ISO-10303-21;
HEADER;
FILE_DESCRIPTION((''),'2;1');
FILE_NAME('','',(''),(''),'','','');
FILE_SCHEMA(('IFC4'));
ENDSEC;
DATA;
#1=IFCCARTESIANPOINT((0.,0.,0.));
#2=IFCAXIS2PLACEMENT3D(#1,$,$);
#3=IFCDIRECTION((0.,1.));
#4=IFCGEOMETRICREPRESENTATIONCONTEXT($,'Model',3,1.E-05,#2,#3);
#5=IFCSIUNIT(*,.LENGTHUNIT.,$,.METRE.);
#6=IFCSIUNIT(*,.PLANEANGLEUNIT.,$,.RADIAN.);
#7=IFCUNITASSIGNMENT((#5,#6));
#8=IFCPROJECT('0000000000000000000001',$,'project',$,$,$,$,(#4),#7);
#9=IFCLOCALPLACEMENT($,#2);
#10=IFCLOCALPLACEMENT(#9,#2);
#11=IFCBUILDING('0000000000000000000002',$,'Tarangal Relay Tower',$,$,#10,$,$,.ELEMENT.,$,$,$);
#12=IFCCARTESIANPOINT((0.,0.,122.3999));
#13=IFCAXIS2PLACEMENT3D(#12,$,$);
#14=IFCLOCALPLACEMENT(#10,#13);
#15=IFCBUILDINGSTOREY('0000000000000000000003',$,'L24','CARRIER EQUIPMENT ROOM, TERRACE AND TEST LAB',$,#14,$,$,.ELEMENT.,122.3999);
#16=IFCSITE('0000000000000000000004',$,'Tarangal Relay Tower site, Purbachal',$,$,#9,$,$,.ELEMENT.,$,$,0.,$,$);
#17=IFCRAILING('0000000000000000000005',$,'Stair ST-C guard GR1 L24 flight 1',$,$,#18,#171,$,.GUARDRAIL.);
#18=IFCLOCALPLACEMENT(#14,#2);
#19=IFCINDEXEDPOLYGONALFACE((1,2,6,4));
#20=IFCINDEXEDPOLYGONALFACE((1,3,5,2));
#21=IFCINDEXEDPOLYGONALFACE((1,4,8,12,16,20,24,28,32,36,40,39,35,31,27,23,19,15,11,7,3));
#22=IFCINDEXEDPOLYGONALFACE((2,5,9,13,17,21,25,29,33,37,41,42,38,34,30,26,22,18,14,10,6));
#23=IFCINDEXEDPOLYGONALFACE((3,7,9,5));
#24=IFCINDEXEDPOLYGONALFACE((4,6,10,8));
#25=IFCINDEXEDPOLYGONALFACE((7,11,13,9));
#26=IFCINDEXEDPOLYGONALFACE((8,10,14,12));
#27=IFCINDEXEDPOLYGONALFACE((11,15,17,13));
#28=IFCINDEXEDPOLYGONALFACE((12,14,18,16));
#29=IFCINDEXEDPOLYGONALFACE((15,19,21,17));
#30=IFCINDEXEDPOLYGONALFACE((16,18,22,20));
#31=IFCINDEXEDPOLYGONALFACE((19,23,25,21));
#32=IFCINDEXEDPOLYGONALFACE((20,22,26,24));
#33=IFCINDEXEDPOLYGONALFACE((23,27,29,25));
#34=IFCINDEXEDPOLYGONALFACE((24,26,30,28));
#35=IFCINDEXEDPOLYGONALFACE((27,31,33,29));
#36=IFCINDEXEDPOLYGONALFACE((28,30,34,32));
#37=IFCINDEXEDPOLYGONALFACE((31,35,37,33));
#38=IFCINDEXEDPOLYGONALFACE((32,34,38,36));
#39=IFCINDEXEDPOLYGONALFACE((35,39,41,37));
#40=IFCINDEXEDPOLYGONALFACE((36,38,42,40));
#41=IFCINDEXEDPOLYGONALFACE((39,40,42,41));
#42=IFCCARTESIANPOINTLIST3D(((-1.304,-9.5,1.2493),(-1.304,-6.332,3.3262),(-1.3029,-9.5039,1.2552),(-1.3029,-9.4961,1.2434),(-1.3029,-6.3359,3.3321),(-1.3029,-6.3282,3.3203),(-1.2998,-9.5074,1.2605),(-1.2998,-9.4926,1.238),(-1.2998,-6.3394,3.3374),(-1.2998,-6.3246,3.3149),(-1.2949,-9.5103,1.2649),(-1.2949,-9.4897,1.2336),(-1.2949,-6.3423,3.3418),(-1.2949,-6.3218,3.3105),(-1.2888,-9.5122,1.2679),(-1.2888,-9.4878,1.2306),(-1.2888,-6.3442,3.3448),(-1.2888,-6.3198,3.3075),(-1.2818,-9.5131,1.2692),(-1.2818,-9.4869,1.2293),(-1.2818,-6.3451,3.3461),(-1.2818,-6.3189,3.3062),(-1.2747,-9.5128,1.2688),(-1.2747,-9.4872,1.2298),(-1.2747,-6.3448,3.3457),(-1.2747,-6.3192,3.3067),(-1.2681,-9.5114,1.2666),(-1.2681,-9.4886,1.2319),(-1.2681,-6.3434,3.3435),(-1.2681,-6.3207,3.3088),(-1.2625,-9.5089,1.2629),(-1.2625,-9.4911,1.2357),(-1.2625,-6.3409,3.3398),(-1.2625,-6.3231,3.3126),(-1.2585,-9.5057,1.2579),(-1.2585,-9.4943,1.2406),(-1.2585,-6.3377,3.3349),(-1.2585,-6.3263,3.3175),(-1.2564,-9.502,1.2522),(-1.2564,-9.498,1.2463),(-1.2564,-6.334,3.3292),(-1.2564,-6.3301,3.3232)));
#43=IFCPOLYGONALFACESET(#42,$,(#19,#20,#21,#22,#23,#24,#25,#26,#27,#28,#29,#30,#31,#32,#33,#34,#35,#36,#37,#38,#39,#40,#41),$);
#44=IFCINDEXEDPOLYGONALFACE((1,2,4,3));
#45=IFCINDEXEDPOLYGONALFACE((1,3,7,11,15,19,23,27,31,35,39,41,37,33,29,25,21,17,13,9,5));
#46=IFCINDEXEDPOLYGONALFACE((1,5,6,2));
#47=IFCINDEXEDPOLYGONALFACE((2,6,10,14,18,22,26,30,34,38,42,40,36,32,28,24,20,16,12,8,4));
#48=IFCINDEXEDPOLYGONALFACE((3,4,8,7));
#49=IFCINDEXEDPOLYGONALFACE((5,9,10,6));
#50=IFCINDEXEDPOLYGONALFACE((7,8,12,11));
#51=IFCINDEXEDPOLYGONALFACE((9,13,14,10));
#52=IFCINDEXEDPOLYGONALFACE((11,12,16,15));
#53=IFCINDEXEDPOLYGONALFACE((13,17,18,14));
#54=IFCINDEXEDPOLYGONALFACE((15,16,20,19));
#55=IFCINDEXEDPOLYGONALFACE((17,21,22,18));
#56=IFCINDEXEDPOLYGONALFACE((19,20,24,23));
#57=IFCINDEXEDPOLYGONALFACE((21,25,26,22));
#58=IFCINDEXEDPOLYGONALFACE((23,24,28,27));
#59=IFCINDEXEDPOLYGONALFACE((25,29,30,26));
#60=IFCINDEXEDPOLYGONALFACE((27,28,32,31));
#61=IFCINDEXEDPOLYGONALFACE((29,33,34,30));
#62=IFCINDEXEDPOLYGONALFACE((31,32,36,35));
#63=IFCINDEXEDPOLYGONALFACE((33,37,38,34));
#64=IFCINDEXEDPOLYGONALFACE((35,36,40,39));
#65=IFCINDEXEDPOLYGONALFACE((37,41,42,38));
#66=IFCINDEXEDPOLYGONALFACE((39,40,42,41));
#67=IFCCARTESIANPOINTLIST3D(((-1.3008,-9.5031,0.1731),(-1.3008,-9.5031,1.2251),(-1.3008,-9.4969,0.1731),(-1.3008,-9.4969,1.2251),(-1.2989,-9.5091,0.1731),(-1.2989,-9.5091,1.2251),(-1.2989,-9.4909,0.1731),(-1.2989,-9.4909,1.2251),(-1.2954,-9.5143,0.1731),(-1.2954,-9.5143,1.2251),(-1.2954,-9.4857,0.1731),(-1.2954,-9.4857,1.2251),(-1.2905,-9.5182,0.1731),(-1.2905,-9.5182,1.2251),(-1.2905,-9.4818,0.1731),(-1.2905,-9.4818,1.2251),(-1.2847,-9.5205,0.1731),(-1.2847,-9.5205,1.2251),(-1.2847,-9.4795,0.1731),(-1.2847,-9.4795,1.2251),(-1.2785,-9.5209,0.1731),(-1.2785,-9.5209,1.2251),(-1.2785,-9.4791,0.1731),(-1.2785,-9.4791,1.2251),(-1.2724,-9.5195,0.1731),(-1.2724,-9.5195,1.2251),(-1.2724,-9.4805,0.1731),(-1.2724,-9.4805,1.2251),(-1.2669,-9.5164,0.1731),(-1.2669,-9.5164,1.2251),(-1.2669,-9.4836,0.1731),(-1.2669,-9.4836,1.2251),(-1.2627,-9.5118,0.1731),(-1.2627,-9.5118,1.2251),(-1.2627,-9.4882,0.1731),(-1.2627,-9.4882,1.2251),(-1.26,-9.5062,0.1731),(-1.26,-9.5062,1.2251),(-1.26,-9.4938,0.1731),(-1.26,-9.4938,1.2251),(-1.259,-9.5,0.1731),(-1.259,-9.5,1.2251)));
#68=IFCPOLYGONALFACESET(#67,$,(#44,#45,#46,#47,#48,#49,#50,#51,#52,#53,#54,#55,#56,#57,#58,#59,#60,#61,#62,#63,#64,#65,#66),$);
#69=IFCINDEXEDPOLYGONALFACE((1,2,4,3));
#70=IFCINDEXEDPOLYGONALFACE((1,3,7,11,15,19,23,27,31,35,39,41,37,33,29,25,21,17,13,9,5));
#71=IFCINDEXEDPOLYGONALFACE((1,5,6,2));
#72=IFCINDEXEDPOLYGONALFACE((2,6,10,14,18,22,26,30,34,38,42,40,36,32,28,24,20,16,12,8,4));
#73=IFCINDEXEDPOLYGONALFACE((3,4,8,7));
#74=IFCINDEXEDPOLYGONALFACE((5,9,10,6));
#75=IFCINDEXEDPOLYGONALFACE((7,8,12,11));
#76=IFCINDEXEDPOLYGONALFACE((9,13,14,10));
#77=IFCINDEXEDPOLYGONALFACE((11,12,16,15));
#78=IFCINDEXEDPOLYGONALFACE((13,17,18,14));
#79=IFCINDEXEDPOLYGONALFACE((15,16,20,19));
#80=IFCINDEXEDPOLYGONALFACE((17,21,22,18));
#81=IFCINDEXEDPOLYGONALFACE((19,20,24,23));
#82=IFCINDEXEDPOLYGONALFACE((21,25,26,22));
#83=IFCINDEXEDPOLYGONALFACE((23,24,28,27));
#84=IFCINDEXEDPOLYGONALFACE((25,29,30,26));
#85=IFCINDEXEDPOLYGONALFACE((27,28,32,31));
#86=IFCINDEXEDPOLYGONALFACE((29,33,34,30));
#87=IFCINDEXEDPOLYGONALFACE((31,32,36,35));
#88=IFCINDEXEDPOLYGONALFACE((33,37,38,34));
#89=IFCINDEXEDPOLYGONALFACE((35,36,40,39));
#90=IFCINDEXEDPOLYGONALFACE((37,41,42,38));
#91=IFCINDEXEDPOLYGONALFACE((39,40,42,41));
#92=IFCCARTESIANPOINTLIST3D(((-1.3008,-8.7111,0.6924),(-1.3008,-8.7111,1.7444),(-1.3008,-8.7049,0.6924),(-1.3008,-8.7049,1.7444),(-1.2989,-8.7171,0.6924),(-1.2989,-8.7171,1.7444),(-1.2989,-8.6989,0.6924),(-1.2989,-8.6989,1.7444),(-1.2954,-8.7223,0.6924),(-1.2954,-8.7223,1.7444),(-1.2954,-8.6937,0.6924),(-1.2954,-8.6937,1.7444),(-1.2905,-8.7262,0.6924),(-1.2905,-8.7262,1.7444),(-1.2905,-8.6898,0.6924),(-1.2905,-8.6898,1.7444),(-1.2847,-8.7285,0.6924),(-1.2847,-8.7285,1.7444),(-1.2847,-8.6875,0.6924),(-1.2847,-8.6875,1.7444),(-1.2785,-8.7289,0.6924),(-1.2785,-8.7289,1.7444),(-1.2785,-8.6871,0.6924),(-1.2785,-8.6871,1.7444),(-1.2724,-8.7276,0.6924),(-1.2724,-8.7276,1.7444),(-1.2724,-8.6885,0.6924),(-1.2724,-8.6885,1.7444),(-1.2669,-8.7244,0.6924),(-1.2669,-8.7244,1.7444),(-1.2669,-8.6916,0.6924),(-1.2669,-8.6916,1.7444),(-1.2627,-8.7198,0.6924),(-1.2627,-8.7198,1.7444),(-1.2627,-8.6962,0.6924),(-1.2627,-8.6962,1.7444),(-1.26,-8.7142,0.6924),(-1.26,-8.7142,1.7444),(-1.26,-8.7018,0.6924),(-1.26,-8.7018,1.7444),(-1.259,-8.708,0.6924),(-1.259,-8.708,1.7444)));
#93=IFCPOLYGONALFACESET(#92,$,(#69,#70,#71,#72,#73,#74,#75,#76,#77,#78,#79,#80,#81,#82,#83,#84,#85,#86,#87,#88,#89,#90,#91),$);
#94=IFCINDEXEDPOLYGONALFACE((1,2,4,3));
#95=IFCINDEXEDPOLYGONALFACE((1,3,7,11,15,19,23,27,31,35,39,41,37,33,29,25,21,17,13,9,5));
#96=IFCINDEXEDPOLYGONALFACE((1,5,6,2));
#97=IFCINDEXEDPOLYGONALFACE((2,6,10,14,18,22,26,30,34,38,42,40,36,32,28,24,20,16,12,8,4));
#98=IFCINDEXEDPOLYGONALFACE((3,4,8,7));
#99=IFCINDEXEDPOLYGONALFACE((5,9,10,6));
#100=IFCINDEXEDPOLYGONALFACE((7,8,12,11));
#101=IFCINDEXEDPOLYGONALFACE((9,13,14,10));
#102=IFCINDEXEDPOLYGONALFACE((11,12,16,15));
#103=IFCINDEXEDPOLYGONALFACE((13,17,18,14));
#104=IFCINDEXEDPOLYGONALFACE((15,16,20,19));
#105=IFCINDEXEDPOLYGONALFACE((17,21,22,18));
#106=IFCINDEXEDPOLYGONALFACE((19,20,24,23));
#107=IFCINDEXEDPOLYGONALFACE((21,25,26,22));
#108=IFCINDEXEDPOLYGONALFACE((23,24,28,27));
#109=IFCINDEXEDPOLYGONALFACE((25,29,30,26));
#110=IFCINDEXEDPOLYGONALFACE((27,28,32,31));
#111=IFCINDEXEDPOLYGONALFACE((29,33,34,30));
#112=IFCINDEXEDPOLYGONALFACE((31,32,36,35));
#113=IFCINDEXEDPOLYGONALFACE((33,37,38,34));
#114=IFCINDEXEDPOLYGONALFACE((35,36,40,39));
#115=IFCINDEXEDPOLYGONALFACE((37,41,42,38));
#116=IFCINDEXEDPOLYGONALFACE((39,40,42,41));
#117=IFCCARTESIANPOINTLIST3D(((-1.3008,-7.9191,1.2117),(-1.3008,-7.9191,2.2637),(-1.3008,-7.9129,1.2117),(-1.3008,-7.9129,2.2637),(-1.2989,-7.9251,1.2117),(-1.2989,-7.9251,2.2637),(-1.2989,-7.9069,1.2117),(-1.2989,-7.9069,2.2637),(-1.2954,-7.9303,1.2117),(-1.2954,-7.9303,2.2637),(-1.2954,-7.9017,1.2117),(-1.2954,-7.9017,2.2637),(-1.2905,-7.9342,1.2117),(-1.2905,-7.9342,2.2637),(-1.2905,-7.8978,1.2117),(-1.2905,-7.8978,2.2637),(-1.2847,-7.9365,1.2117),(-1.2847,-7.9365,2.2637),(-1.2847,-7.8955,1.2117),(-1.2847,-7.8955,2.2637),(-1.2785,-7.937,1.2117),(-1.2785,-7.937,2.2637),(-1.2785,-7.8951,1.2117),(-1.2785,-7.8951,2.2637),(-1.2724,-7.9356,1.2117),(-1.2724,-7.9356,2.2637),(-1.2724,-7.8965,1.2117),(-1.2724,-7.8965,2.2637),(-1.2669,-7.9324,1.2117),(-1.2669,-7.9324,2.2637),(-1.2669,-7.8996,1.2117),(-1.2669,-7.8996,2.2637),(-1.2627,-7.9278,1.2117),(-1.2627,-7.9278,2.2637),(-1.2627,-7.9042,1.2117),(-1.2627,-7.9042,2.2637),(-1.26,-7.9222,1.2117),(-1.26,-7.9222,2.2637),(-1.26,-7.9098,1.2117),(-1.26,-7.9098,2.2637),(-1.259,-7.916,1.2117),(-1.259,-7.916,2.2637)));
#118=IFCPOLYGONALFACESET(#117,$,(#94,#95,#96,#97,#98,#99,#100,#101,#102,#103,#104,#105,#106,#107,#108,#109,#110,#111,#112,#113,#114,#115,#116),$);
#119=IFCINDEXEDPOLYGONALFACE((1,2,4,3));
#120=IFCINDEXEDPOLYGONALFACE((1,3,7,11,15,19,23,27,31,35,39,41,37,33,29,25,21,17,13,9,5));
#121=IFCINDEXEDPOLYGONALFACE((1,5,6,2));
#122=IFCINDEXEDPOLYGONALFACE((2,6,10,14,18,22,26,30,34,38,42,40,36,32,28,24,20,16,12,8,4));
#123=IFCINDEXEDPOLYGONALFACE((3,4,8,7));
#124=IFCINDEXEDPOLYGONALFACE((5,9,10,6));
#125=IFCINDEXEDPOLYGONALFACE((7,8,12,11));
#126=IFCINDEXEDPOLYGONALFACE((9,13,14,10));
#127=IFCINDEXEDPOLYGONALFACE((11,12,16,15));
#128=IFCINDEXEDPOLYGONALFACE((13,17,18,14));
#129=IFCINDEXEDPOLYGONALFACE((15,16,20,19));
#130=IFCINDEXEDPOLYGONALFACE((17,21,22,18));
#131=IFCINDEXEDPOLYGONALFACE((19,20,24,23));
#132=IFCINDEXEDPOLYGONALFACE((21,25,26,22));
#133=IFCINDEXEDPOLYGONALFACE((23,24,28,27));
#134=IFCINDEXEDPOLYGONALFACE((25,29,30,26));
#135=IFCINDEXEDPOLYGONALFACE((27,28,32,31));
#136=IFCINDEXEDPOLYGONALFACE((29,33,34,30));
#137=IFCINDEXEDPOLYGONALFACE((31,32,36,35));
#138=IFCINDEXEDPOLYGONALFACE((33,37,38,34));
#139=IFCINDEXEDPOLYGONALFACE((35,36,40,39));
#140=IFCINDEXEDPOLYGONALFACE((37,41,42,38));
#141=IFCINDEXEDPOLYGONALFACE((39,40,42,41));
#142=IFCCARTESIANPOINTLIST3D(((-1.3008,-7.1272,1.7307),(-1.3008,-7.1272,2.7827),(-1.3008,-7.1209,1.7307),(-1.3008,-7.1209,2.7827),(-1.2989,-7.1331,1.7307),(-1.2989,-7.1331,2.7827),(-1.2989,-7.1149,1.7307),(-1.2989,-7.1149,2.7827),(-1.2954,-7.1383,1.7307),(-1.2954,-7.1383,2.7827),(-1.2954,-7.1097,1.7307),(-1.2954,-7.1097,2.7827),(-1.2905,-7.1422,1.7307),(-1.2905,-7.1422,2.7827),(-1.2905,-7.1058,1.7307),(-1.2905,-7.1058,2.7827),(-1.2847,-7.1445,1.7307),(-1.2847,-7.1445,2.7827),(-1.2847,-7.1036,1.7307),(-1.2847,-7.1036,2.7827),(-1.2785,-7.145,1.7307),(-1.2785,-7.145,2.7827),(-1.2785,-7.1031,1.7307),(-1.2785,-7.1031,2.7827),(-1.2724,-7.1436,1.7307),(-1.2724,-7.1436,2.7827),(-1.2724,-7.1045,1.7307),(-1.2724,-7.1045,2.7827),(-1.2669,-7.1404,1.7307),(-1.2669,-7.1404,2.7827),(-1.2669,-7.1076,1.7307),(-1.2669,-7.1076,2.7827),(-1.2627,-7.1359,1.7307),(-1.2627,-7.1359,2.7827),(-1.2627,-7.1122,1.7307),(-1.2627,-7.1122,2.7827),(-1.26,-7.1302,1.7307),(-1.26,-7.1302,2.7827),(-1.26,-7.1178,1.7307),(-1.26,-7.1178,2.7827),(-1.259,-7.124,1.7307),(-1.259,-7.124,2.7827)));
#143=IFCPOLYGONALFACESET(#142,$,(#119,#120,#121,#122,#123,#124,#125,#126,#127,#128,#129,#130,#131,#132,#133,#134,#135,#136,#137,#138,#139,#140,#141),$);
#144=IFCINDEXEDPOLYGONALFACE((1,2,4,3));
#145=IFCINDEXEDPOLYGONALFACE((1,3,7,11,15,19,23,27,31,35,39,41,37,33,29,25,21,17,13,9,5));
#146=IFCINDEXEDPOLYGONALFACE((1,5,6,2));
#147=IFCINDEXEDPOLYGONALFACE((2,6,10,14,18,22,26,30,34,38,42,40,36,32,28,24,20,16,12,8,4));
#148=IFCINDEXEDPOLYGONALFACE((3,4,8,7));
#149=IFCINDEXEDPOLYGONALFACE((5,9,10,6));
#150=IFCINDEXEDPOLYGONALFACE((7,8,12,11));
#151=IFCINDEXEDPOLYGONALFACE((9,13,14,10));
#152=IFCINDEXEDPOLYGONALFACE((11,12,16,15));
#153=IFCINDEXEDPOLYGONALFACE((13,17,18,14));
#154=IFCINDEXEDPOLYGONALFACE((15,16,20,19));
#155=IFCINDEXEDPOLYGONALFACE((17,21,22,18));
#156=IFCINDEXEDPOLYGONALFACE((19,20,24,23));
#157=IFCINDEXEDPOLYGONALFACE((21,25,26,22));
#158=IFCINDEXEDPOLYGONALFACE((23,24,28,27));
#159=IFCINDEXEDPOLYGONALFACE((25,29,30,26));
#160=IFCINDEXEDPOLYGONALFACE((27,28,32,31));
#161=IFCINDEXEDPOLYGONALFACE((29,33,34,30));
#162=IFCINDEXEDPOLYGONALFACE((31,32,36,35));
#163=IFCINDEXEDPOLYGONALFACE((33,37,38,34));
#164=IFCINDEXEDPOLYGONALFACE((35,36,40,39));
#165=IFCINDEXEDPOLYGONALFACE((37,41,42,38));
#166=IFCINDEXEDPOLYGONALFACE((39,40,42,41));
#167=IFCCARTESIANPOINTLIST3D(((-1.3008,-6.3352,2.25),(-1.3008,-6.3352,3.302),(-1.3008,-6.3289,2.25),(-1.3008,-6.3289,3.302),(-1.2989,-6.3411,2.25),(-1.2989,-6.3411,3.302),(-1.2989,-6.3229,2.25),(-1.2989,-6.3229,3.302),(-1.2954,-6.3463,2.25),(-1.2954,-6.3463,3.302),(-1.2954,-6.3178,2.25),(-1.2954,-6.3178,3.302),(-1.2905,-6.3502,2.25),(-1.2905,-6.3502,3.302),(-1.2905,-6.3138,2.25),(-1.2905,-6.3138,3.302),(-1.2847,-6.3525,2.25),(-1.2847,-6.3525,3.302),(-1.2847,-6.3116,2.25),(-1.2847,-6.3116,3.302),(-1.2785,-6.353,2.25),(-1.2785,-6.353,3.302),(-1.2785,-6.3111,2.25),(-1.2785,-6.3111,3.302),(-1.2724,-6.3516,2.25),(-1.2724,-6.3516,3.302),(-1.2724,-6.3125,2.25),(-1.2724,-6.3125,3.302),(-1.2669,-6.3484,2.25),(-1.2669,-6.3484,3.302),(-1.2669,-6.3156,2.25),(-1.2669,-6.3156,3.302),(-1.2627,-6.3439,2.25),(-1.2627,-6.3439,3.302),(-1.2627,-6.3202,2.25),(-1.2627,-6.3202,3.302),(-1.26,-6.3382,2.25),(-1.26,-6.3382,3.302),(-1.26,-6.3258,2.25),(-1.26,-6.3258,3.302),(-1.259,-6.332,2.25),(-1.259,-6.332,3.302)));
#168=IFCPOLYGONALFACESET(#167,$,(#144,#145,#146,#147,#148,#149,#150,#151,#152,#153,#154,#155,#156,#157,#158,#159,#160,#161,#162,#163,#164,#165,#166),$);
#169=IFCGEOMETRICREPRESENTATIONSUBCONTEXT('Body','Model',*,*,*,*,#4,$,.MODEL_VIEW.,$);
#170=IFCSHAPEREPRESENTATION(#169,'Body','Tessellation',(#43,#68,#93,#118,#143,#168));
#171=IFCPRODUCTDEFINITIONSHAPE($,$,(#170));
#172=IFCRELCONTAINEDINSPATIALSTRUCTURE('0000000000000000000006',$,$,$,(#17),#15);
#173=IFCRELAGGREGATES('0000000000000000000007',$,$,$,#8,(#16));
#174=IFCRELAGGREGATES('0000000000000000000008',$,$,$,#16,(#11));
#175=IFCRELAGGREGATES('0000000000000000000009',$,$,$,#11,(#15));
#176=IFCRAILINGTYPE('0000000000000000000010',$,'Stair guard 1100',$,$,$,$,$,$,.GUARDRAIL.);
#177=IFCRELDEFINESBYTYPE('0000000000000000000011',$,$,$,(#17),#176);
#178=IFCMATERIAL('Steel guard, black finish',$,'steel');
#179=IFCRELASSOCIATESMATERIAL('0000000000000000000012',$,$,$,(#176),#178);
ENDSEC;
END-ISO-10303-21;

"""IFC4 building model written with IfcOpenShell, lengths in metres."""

from ifc_helpers import new_model, si_unit, direction, frame, origin, origin_2d, place, context, subcontext, project, spatial, circle, extrude, material, type_object, element, save


model = new_model("IFC4")

# Units and contexts
model_context = context("Model", 3, precision=1e-05, world=origin(), true_north=direction((0.0, 1.0)))
body_context = subcontext(model_context, "Body", "Model", "MODEL_VIEW")
ifc_project = project(units=[si_unit("LENGTHUNIT", "METRE"), si_unit("PLANEANGLEUNIT", "RADIAN")], contexts=[model_context])

# Site, building, storey
site_placement = place(None, origin())
site = spatial("IfcSite", under=ifc_project, at=site_placement, Name="Tarangal Relay Tower site, Purbachal", CompositionType="ELEMENT", RefElevation=0.0)
building_placement = place(site_placement, origin())
building = spatial("IfcBuilding", under=site, at=building_placement, Name="Tarangal Relay Tower", CompositionType="ELEMENT")
storey_placement = place(building_placement, frame((0.0, 0.0, 122.3999)))
storey = spatial("IfcBuildingStorey", under=building, at=storey_placement, Name="L24", Description="CARRIER EQUIPMENT ROOM, TERRACE AND TEST LAB", CompositionType="ELEMENT", Elevation=122.3999)

# Railing
ifc_material_1 = material(Name="Steel guard, black finish", Category="steel")
railing_type_1 = type_object("IfcRailingType", Name="Stair guard 1100", PredefinedType="GUARDRAIL", material=ifc_material_1)
railing_1_placement = place(storey_placement, frame((-1.28, -9.5, 0.1731)))
element("IfcRailing", 1, at=railing_1_placement, inside=storey, type_object=railing_type_1, Name="Stair ST-C guard GR1 L24 flight 1", PredefinedType="GUARDRAIL", context=body_context, shape_type="SweptSolid", body=[
    extrude(circle(Radius=0.0239, at=origin_2d()), frame((0.0, 0.0, 1.0762), z_axis=(0.0, 0.836299, 0.548273), x_axis=(-1.0, 0.0, 0.0)), (0.0, 0.0, 1.0), 3.7881),
    extrude(circle(Radius=0.021, at=origin_2d()), origin(), (0.0, 0.0, 1.0), 1.052),
    extrude(circle(Radius=0.021, at=origin_2d()), frame((0.0, 0.792, 0.5193)), (0.0, 0.0, 1.0), 1.052),
    extrude(circle(Radius=0.021, at=origin_2d()), frame((0.0, 1.584, 1.0386)), (0.0, 0.0, 1.0), 1.052),
    extrude(circle(Radius=0.021, at=origin_2d()), frame((0.0, 2.376, 1.5576)), (0.0, 0.0, 1.0), 1.052),
    extrude(circle(Radius=0.021, at=origin_2d()), frame((0.0, 3.168, 2.0769)), (0.0, 0.0, 1.0), 1.052),
])

save(model, "model.ifc")
